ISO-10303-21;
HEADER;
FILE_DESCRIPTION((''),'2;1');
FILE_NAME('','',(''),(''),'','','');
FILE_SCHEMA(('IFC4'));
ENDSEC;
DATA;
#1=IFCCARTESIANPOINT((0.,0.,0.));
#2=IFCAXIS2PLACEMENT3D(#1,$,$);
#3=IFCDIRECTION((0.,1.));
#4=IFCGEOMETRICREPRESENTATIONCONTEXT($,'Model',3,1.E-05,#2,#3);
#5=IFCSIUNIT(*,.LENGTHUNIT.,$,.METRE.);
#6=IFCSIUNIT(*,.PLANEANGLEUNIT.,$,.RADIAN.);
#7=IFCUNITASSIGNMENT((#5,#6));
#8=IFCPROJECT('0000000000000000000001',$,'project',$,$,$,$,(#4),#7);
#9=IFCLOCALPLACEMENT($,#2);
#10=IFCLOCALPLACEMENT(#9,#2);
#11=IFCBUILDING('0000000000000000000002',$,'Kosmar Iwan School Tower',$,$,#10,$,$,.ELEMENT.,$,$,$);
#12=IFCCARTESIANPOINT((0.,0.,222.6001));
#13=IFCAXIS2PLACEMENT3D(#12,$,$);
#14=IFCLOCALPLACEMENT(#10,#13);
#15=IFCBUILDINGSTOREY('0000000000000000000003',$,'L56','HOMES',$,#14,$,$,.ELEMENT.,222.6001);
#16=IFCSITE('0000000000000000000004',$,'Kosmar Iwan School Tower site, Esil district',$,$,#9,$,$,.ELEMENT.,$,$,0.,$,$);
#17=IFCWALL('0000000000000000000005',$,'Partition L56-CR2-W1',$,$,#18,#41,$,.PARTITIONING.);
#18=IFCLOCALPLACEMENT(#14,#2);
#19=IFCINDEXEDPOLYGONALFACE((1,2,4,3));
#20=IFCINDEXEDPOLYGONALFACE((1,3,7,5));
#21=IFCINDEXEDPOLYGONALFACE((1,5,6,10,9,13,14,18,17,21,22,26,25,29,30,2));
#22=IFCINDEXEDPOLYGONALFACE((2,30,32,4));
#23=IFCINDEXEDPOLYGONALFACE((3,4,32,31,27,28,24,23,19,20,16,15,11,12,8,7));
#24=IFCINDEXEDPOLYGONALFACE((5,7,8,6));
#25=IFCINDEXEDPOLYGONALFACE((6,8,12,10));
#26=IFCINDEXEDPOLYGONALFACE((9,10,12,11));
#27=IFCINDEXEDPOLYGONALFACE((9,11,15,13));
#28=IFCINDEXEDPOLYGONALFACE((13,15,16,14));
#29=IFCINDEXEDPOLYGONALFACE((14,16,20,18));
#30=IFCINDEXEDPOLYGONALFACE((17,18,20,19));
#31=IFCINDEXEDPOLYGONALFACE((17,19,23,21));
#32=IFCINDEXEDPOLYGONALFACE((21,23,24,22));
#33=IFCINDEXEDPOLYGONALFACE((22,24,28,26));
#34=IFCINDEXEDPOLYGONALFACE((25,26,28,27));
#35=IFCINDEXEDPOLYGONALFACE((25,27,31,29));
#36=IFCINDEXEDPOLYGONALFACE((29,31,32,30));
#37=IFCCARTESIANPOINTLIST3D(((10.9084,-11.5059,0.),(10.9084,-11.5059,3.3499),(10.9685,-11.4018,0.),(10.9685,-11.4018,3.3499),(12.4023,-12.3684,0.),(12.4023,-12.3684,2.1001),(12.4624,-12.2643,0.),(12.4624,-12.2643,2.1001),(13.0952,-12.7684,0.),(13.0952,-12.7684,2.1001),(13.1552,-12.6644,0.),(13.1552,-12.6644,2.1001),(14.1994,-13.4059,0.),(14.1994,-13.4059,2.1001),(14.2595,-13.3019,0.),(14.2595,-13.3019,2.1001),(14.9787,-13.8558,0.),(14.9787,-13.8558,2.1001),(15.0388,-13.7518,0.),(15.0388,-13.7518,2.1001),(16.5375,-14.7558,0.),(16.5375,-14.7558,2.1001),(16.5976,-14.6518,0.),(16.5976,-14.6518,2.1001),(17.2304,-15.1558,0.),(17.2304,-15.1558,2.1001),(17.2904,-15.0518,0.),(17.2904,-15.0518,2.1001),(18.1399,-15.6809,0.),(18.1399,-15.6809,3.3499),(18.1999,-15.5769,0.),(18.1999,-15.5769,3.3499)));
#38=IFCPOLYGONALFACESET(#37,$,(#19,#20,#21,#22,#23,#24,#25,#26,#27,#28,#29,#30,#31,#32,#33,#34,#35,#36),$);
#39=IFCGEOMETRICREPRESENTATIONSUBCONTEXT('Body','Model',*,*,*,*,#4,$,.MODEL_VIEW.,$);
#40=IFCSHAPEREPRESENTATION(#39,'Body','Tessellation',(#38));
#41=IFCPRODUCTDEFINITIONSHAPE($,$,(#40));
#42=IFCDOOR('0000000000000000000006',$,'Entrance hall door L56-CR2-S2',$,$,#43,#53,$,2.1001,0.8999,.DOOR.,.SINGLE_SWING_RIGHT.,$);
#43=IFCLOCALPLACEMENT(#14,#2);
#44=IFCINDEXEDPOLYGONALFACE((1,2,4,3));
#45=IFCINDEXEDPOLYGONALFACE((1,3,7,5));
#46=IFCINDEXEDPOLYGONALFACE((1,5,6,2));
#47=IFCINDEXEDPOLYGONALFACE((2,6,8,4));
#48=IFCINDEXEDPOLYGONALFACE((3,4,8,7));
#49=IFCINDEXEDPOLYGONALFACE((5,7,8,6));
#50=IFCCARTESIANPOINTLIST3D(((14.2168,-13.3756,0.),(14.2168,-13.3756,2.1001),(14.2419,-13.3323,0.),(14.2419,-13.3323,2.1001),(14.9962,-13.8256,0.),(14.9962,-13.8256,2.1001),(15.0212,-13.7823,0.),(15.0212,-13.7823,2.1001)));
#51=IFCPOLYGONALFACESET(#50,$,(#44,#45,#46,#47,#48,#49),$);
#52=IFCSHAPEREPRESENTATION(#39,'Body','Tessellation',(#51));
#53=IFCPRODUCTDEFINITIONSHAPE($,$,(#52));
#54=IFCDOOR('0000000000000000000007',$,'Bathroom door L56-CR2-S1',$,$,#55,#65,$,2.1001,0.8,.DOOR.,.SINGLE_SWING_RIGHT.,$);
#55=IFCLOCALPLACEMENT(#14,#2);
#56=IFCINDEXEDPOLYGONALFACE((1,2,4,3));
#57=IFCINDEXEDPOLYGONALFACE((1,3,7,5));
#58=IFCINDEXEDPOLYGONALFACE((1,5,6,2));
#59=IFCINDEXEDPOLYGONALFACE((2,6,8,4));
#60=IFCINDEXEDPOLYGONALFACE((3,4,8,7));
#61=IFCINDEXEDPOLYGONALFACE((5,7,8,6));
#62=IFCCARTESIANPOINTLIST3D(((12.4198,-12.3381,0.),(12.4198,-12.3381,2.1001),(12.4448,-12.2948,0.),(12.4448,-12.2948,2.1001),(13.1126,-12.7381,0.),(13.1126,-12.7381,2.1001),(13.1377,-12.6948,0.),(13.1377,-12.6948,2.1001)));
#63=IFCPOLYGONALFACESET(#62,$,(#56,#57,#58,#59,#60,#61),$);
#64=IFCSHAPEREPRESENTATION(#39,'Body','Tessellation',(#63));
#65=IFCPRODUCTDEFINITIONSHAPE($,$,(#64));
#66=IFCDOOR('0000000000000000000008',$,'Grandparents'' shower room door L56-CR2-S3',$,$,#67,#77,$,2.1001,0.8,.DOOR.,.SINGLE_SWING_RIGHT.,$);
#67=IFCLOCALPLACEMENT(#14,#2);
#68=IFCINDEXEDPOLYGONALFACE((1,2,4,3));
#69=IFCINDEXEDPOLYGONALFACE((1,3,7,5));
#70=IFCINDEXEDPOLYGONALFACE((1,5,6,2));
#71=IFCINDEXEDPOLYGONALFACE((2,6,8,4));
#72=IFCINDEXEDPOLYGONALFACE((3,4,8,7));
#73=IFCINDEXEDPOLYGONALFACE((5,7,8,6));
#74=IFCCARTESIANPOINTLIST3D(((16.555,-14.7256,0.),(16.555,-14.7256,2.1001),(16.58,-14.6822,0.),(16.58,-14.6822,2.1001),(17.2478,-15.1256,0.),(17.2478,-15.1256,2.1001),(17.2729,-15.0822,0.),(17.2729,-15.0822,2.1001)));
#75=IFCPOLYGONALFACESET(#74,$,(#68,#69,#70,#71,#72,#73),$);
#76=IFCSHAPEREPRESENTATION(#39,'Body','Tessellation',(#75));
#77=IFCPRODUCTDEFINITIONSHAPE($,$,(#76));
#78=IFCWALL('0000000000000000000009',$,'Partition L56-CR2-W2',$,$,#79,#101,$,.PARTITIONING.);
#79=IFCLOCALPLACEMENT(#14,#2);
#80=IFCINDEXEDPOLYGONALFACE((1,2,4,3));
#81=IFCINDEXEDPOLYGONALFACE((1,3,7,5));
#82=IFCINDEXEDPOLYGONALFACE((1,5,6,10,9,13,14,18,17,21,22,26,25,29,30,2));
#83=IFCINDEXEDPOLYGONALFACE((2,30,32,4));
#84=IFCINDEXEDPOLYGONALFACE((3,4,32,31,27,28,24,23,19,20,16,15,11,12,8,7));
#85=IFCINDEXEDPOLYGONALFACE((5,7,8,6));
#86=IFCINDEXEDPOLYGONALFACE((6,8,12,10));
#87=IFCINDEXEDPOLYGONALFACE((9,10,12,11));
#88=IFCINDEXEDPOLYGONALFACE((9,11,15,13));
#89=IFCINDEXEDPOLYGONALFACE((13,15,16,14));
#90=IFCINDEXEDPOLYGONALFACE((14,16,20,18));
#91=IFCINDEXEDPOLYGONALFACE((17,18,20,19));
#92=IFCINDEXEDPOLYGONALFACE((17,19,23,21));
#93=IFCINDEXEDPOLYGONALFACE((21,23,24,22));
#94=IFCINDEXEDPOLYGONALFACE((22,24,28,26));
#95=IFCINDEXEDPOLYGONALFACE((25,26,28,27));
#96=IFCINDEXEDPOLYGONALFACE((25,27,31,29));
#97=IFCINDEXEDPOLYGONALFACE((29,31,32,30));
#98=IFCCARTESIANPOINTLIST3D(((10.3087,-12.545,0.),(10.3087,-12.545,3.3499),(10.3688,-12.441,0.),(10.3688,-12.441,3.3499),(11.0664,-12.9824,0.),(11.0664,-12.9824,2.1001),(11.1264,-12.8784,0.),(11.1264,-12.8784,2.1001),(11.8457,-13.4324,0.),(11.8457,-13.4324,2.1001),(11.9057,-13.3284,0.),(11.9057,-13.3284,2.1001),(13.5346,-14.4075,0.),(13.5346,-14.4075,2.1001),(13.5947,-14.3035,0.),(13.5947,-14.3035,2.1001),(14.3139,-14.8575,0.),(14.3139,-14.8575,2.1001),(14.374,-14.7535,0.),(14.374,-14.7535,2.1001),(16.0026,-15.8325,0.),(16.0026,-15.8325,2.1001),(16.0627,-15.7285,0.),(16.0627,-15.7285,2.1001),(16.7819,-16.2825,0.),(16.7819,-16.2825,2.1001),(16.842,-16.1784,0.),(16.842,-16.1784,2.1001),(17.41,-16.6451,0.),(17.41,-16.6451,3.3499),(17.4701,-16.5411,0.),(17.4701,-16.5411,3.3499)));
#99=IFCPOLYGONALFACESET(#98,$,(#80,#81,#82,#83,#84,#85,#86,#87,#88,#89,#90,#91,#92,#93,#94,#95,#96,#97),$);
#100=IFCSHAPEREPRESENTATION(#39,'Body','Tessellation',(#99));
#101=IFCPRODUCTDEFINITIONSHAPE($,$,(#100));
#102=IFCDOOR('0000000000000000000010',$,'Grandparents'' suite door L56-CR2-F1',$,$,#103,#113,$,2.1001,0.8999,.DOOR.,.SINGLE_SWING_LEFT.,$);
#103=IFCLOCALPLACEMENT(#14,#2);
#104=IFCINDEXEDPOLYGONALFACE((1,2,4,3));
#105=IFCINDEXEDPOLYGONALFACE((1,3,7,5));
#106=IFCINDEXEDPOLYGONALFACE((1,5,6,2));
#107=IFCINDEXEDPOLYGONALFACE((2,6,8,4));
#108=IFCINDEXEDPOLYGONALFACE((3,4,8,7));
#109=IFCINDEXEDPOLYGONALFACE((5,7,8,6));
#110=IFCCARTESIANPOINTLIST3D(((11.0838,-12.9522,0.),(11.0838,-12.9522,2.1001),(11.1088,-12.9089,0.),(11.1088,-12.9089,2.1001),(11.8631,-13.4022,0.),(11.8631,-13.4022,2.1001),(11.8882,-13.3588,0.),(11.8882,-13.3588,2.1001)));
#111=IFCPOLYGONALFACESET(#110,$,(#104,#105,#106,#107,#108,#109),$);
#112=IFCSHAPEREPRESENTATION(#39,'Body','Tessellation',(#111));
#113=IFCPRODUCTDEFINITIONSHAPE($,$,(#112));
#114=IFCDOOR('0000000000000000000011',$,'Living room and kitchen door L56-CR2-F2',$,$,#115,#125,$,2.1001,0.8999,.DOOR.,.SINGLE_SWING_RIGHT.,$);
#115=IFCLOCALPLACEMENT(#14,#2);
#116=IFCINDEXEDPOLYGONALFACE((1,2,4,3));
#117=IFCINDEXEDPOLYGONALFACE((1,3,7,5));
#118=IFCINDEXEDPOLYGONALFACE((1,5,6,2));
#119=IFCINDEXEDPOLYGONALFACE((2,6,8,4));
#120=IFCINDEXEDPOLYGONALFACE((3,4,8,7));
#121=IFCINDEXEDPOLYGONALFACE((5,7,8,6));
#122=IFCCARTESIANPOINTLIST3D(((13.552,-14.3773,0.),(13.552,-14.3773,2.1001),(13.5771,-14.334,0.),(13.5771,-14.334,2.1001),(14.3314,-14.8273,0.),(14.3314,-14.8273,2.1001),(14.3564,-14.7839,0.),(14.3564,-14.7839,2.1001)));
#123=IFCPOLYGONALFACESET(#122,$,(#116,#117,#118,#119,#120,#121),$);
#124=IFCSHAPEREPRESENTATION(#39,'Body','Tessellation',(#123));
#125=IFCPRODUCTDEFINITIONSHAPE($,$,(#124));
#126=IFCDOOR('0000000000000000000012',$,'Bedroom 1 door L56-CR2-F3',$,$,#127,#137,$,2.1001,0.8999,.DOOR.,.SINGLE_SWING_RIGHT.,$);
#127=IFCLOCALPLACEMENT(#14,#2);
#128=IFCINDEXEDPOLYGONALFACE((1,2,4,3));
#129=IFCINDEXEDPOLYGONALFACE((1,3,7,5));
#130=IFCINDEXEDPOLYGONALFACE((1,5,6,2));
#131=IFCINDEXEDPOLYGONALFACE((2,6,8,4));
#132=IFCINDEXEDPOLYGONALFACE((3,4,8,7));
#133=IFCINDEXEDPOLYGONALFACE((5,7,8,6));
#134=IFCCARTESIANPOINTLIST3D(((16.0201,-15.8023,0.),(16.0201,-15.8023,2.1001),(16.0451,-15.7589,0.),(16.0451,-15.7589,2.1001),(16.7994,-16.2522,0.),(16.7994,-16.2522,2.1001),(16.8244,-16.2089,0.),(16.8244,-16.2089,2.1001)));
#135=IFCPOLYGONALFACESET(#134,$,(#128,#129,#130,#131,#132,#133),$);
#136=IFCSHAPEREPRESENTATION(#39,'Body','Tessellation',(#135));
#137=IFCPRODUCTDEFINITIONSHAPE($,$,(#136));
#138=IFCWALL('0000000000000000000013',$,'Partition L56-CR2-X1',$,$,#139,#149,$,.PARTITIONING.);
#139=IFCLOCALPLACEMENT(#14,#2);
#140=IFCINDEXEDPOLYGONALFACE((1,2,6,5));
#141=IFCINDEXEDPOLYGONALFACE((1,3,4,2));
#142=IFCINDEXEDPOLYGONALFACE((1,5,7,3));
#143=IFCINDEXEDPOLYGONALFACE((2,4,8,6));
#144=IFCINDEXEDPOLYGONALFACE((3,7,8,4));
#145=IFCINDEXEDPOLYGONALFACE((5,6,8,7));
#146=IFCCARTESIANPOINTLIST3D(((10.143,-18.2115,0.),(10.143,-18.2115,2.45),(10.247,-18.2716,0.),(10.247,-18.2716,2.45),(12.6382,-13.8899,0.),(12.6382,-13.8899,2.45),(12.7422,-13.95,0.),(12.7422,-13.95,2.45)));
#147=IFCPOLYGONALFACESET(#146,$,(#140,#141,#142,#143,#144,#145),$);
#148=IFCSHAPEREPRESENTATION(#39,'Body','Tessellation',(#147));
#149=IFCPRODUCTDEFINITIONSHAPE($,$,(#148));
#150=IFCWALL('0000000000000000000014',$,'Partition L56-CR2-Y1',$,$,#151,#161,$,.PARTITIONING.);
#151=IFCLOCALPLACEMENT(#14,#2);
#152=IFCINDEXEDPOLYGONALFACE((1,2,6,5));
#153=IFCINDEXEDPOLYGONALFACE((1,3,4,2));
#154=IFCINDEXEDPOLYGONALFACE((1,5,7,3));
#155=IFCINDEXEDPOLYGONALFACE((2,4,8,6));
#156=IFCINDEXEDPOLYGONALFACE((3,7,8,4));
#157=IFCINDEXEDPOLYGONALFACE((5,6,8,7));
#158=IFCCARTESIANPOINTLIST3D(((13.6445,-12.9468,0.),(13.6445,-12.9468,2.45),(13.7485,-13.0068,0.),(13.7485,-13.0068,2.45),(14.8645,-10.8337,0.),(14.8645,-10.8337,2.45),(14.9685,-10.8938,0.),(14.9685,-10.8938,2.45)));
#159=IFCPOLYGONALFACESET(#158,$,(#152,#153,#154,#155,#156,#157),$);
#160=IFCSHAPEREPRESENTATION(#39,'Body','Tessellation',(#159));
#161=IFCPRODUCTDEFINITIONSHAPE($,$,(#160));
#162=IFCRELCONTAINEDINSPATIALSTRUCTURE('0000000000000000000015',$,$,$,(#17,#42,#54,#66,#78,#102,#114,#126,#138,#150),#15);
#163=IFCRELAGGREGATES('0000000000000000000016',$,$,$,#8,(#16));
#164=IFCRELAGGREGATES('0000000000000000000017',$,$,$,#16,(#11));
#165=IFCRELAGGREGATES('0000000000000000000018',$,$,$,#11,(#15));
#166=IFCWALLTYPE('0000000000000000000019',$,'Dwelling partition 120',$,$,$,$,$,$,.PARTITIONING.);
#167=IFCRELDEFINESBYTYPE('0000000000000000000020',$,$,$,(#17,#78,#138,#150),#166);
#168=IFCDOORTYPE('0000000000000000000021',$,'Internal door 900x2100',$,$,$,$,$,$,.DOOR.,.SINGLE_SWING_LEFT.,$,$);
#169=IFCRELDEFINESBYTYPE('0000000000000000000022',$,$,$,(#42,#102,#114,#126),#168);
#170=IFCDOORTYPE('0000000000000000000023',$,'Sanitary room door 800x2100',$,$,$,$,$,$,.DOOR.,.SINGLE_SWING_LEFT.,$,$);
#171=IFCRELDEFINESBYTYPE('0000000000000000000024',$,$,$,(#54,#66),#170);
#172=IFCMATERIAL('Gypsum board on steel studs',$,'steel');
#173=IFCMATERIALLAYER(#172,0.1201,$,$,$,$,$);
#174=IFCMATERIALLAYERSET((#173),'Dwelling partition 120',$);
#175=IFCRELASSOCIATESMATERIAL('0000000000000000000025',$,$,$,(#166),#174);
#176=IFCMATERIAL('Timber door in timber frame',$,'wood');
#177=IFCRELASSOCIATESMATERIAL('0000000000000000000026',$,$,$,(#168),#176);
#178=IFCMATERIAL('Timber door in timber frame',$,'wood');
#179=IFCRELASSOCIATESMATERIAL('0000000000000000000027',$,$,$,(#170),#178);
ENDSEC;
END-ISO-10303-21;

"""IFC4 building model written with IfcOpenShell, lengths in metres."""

from ifc_helpers import new_model, si_unit, direction, frame, frame_2d, origin, place, context, subcontext, project, spatial, rectangle, extrude, material, layer, layer_set, type_object, element, fill, save


model = new_model("IFC4")

# Units and contexts
model_context = context("Model", 3, precision=1e-05, world=origin(), true_north=direction((0.0, 1.0)))
body_context = subcontext(model_context, "Body", "Model", "MODEL_VIEW")
ifc_project = project(units=[si_unit("LENGTHUNIT", "METRE"), si_unit("PLANEANGLEUNIT", "RADIAN")], contexts=[model_context])

# Site, building, storey
site_placement = place(None, origin())
site = spatial("IfcSite", under=ifc_project, at=site_placement, Name="Kosmar Iwan School Tower site, Esil district", CompositionType="ELEMENT", RefElevation=0.0)
building_placement = place(site_placement, origin())
building = spatial("IfcBuilding", under=site, at=building_placement, Name="Kosmar Iwan School Tower", CompositionType="ELEMENT")
storey_placement = place(building_placement, frame((0.0, 0.0, 222.6001)))
storey = spatial("IfcBuildingStorey", under=building, at=storey_placement, Name="L56", Description="HOMES", CompositionType="ELEMENT", Elevation=222.6001)

# Shared definitions
ifc_material_1 = material(Name="Gypsum board on steel studs", Category="steel")
ifc_layer_1 = layer(ifc_material_1, 0.1201)
ifc_layer_set_1 = layer_set([ifc_layer_1], Name="Dwelling partition 120")
wall_type_1 = type_object("IfcWallType", Name="Dwelling partition 120", PredefinedType="PARTITIONING", material=ifc_layer_set_1)
ifc_material_2 = material(Name="Timber door in timber frame", Category="wood")
door_type_1 = type_object("IfcDoorType", Name="Internal door 900x2100", OperationType="SINGLE_SWING_LEFT", PredefinedType="DOOR", material=ifc_material_2)
ifc_material_3 = material(Name="Timber door in timber frame", Category="wood")
door_type_2 = type_object("IfcDoorType", Name="Sanitary room door 800x2100", OperationType="SINGLE_SWING_LEFT", PredefinedType="DOOR", material=ifc_material_3)

# Walls, openings, doors
wall_1_placement = place(storey_placement, frame((10.9385, -11.4539, 0.0), z_axis=(0.0, 0.0, 1.0), x_axis=(0.866027, -0.499997, 0.0)))
wall_1 = element("IfcWall", 1, at=wall_1_placement, inside=storey, type_object=wall_type_1, Name="Partition L56-CR2-W1", PredefinedType="PARTITIONING", context=body_context, shape_type="SweptSolid", body=[
    extrude(rectangle(XDim=8.3501, YDim=0.1201, at=frame_2d((4.175, 0.0))), origin(), (0.0, 0.0, 1.0), 3.3499),
])
opening_1_placement = place(wall_1_placement, frame((1.7251, 0.0, 0.0)))
opening_1 = element("IfcOpeningElement", 2, at=opening_1_placement, cuts=wall_1, PredefinedType="OPENING", context=body_context, shape_type="SweptSolid", body=[
    extrude(rectangle(XDim=0.8, YDim=2.1001, at=frame_2d((0.3999, 1.05))), frame((0.0, 0.072, 0.0), z_axis=(0.0, -1.0, 0.0), x_axis=(1.0, 0.0, 0.0)), (0.0, 0.0, 1.0), 0.144),
])
opening_2_placement = place(wall_1_placement, frame((3.8, 0.0, 0.0)))
opening_2 = element("IfcOpeningElement", 3, at=opening_2_placement, cuts=wall_1, PredefinedType="OPENING", context=body_context, shape_type="SweptSolid", body=[
    extrude(rectangle(XDim=0.8999, YDim=2.1001, at=frame_2d((0.45, 1.05))), frame((0.0, 0.072, 0.0), z_axis=(0.0, -1.0, 0.0), x_axis=(1.0, 0.0, 0.0)), (0.0, 0.0, 1.0), 0.144),
])
opening_3_placement = place(wall_1_placement, frame((6.5, 0.0, 0.0)))
opening_3 = element("IfcOpeningElement", 4, at=opening_3_placement, cuts=wall_1, PredefinedType="OPENING", context=body_context, shape_type="SweptSolid", body=[
    extrude(rectangle(XDim=0.8, YDim=2.1001, at=frame_2d((0.3999, 1.05))), frame((0.0, 0.072, 0.0), z_axis=(0.0, -1.0, 0.0), x_axis=(1.0, 0.0, 0.0)), (0.0, 0.0, 1.0), 0.144),
])
door_1_placement = place(opening_2_placement, origin())
door_1 = element("IfcDoor", 5, at=door_1_placement, inside=storey, type_object=door_type_1, Name="Entrance hall door L56-CR2-S2", OperationType="SINGLE_SWING_RIGHT", OverallHeight=2.1001, OverallWidth=0.8999, PredefinedType="DOOR", context=body_context, shape_type="SweptSolid", body=[
    extrude(rectangle(XDim=0.8999, YDim=2.1001, at=frame_2d((0.45, 1.05))), frame((0.0, 0.0249, 0.0), z_axis=(0.0, -1.0, 0.0), x_axis=(1.0, 0.0, 0.0)), (0.0, 0.0, 1.0), 0.05),
])
fill(opening_2, door_1)
door_2_placement = place(opening_1_placement, origin())
door_2 = element("IfcDoor", 6, at=door_2_placement, inside=storey, type_object=door_type_2, Name="Bathroom door L56-CR2-S1", OperationType="SINGLE_SWING_RIGHT", OverallHeight=2.1001, OverallWidth=0.8, PredefinedType="DOOR", context=body_context, shape_type="SweptSolid", body=[
    extrude(rectangle(XDim=0.8, YDim=2.1001, at=frame_2d((0.3999, 1.05))), frame((0.0, 0.0249, 0.0), z_axis=(0.0, -1.0, 0.0), x_axis=(1.0, 0.0, 0.0)), (0.0, 0.0, 1.0), 0.05),
])
fill(opening_1, door_2)
door_3_placement = place(opening_3_placement, origin())
door_3 = element("IfcDoor", 7, at=door_3_placement, inside=storey, type_object=door_type_2, Name="Grandparents' shower room door L56-CR2-S3", OperationType="SINGLE_SWING_RIGHT", OverallHeight=2.1001, OverallWidth=0.8, PredefinedType="DOOR", context=body_context, shape_type="SweptSolid", body=[
    extrude(rectangle(XDim=0.8, YDim=2.1001, at=frame_2d((0.3999, 1.05))), frame((0.0, 0.0249, 0.0), z_axis=(0.0, -1.0, 0.0), x_axis=(1.0, 0.0, 0.0)), (0.0, 0.0, 1.0), 0.05),
])
fill(opening_3, door_3)
wall_2_placement = place(storey_placement, frame((10.3386, -12.4929, 0.0), z_axis=(0.0, 0.0, 1.0), x_axis=(0.866018, -0.500014, 0.0)))
wall_2 = element("IfcWall", 8, at=wall_2_placement, inside=storey, type_object=wall_type_1, Name="Partition L56-CR2-W2", PredefinedType="PARTITIONING", context=body_context, shape_type="SweptSolid", body=[
    extrude(rectangle(XDim=8.2, YDim=0.1201, at=frame_2d((4.1001, 0.0))), origin(), (0.0, 0.0, 1.0), 3.3499),
])
opening_4_placement = place(wall_2_placement, frame((0.875, 0.0, 0.0)))
opening_4 = element("IfcOpeningElement", 9, at=opening_4_placement, cuts=wall_2, PredefinedType="OPENING", context=body_context, shape_type="SweptSolid", body=[
    extrude(rectangle(XDim=0.8999, YDim=2.1001, at=frame_2d((0.45, 1.05))), frame((0.0, 0.072, 0.0), z_axis=(0.0, -1.0, 0.0), x_axis=(1.0, 0.0, 0.0)), (0.0, 0.0, 1.0), 0.144),
])
opening_5_placement = place(wall_2_placement, frame((3.7251, 0.0, 0.0)))
opening_5 = element("IfcOpeningElement", 10, at=opening_5_placement, cuts=wall_2, PredefinedType="OPENING", context=body_context, shape_type="SweptSolid", body=[
    extrude(rectangle(XDim=0.8999, YDim=2.1001, at=frame_2d((0.45, 1.05))), frame((0.0, 0.072, 0.0), z_axis=(0.0, -1.0, 0.0), x_axis=(1.0, 0.0, 0.0)), (0.0, 0.0, 1.0), 0.144),
])
opening_6_placement = place(wall_2_placement, frame((6.575, 0.0, 0.0)))
opening_6 = element("IfcOpeningElement", 11, at=opening_6_placement, cuts=wall_2, PredefinedType="OPENING", context=body_context, shape_type="SweptSolid", body=[
    extrude(rectangle(XDim=0.8999, YDim=2.1001, at=frame_2d((0.45, 1.05))), frame((0.0, 0.072, 0.0), z_axis=(0.0, -1.0, 0.0), x_axis=(1.0, 0.0, 0.0)), (0.0, 0.0, 1.0), 0.144),
])
door_4_placement = place(opening_4_placement, origin())
door_4 = element("IfcDoor", 12, at=door_4_placement, inside=storey, type_object=door_type_1, Name="Grandparents' suite door L56-CR2-F1", OperationType="SINGLE_SWING_LEFT", OverallHeight=2.1001, OverallWidth=0.8999, PredefinedType="DOOR", context=body_context, shape_type="SweptSolid", body=[
    extrude(rectangle(XDim=0.8999, YDim=2.1001, at=frame_2d((0.45, 1.05))), frame((0.0, 0.0249, 0.0), z_axis=(0.0, -1.0, 0.0), x_axis=(1.0, 0.0, 0.0)), (0.0, 0.0, 1.0), 0.05),
])
fill(opening_4, door_4)
door_5_placement = place(opening_5_placement, origin())
door_5 = element("IfcDoor", 13, at=door_5_placement, inside=storey, type_object=door_type_1, Name="Living room and kitchen door L56-CR2-F2", OperationType="SINGLE_SWING_RIGHT", OverallHeight=2.1001, OverallWidth=0.8999, PredefinedType="DOOR", context=body_context, shape_type="SweptSolid", body=[
    extrude(rectangle(XDim=0.8999, YDim=2.1001, at=frame_2d((0.45, 1.05))), frame((0.0, 0.0249, 0.0), z_axis=(0.0, -1.0, 0.0), x_axis=(1.0, 0.0, 0.0)), (0.0, 0.0, 1.0), 0.05),
])
fill(opening_5, door_5)
door_6_placement = place(opening_6_placement, origin())
door_6 = element("IfcDoor", 14, at=door_6_placement, inside=storey, type_object=door_type_1, Name="Bedroom 1 door L56-CR2-F3", OperationType="SINGLE_SWING_RIGHT", OverallHeight=2.1001, OverallWidth=0.8999, PredefinedType="DOOR", context=body_context, shape_type="SweptSolid", body=[
    extrude(rectangle(XDim=0.8999, YDim=2.1001, at=frame_2d((0.45, 1.05))), frame((0.0, 0.0249, 0.0), z_axis=(0.0, -1.0, 0.0), x_axis=(1.0, 0.0, 0.0)), (0.0, 0.0, 1.0), 0.05),
])
fill(opening_6, door_6)

# Walls
wall_3_placement = place(storey_placement, frame((12.6902, -13.9199, 0.0), z_axis=(0.0, 0.0, 1.0), x_axis=(-0.500012, -0.866019, 0.0)))
element("IfcWall", 15, at=wall_3_placement, inside=storey, type_object=wall_type_1, Name="Partition L56-CR2-X1", PredefinedType="PARTITIONING", context=body_context, shape_type="SweptSolid", body=[
    extrude(rectangle(XDim=4.9902, YDim=0.1201, at=frame_2d((2.4951, 0.0))), origin(), (0.0, 0.0, 1.0), 2.45),
])
wall_4_placement = place(storey_placement, frame((14.9165, -10.8638, 0.0), z_axis=(0.0, 0.0, 1.0), x_axis=(-0.500003, -0.866024, 0.0)))
element("IfcWall", 16, at=wall_4_placement, inside=storey, type_object=wall_type_1, Name="Partition L56-CR2-Y1", PredefinedType="PARTITIONING", context=body_context, shape_type="SweptSolid", body=[
    extrude(rectangle(XDim=2.4399, YDim=0.1201, at=frame_2d((1.22, 0.0))), origin(), (0.0, 0.0, 1.0), 2.45),
])

save(model, "model.ifc")
